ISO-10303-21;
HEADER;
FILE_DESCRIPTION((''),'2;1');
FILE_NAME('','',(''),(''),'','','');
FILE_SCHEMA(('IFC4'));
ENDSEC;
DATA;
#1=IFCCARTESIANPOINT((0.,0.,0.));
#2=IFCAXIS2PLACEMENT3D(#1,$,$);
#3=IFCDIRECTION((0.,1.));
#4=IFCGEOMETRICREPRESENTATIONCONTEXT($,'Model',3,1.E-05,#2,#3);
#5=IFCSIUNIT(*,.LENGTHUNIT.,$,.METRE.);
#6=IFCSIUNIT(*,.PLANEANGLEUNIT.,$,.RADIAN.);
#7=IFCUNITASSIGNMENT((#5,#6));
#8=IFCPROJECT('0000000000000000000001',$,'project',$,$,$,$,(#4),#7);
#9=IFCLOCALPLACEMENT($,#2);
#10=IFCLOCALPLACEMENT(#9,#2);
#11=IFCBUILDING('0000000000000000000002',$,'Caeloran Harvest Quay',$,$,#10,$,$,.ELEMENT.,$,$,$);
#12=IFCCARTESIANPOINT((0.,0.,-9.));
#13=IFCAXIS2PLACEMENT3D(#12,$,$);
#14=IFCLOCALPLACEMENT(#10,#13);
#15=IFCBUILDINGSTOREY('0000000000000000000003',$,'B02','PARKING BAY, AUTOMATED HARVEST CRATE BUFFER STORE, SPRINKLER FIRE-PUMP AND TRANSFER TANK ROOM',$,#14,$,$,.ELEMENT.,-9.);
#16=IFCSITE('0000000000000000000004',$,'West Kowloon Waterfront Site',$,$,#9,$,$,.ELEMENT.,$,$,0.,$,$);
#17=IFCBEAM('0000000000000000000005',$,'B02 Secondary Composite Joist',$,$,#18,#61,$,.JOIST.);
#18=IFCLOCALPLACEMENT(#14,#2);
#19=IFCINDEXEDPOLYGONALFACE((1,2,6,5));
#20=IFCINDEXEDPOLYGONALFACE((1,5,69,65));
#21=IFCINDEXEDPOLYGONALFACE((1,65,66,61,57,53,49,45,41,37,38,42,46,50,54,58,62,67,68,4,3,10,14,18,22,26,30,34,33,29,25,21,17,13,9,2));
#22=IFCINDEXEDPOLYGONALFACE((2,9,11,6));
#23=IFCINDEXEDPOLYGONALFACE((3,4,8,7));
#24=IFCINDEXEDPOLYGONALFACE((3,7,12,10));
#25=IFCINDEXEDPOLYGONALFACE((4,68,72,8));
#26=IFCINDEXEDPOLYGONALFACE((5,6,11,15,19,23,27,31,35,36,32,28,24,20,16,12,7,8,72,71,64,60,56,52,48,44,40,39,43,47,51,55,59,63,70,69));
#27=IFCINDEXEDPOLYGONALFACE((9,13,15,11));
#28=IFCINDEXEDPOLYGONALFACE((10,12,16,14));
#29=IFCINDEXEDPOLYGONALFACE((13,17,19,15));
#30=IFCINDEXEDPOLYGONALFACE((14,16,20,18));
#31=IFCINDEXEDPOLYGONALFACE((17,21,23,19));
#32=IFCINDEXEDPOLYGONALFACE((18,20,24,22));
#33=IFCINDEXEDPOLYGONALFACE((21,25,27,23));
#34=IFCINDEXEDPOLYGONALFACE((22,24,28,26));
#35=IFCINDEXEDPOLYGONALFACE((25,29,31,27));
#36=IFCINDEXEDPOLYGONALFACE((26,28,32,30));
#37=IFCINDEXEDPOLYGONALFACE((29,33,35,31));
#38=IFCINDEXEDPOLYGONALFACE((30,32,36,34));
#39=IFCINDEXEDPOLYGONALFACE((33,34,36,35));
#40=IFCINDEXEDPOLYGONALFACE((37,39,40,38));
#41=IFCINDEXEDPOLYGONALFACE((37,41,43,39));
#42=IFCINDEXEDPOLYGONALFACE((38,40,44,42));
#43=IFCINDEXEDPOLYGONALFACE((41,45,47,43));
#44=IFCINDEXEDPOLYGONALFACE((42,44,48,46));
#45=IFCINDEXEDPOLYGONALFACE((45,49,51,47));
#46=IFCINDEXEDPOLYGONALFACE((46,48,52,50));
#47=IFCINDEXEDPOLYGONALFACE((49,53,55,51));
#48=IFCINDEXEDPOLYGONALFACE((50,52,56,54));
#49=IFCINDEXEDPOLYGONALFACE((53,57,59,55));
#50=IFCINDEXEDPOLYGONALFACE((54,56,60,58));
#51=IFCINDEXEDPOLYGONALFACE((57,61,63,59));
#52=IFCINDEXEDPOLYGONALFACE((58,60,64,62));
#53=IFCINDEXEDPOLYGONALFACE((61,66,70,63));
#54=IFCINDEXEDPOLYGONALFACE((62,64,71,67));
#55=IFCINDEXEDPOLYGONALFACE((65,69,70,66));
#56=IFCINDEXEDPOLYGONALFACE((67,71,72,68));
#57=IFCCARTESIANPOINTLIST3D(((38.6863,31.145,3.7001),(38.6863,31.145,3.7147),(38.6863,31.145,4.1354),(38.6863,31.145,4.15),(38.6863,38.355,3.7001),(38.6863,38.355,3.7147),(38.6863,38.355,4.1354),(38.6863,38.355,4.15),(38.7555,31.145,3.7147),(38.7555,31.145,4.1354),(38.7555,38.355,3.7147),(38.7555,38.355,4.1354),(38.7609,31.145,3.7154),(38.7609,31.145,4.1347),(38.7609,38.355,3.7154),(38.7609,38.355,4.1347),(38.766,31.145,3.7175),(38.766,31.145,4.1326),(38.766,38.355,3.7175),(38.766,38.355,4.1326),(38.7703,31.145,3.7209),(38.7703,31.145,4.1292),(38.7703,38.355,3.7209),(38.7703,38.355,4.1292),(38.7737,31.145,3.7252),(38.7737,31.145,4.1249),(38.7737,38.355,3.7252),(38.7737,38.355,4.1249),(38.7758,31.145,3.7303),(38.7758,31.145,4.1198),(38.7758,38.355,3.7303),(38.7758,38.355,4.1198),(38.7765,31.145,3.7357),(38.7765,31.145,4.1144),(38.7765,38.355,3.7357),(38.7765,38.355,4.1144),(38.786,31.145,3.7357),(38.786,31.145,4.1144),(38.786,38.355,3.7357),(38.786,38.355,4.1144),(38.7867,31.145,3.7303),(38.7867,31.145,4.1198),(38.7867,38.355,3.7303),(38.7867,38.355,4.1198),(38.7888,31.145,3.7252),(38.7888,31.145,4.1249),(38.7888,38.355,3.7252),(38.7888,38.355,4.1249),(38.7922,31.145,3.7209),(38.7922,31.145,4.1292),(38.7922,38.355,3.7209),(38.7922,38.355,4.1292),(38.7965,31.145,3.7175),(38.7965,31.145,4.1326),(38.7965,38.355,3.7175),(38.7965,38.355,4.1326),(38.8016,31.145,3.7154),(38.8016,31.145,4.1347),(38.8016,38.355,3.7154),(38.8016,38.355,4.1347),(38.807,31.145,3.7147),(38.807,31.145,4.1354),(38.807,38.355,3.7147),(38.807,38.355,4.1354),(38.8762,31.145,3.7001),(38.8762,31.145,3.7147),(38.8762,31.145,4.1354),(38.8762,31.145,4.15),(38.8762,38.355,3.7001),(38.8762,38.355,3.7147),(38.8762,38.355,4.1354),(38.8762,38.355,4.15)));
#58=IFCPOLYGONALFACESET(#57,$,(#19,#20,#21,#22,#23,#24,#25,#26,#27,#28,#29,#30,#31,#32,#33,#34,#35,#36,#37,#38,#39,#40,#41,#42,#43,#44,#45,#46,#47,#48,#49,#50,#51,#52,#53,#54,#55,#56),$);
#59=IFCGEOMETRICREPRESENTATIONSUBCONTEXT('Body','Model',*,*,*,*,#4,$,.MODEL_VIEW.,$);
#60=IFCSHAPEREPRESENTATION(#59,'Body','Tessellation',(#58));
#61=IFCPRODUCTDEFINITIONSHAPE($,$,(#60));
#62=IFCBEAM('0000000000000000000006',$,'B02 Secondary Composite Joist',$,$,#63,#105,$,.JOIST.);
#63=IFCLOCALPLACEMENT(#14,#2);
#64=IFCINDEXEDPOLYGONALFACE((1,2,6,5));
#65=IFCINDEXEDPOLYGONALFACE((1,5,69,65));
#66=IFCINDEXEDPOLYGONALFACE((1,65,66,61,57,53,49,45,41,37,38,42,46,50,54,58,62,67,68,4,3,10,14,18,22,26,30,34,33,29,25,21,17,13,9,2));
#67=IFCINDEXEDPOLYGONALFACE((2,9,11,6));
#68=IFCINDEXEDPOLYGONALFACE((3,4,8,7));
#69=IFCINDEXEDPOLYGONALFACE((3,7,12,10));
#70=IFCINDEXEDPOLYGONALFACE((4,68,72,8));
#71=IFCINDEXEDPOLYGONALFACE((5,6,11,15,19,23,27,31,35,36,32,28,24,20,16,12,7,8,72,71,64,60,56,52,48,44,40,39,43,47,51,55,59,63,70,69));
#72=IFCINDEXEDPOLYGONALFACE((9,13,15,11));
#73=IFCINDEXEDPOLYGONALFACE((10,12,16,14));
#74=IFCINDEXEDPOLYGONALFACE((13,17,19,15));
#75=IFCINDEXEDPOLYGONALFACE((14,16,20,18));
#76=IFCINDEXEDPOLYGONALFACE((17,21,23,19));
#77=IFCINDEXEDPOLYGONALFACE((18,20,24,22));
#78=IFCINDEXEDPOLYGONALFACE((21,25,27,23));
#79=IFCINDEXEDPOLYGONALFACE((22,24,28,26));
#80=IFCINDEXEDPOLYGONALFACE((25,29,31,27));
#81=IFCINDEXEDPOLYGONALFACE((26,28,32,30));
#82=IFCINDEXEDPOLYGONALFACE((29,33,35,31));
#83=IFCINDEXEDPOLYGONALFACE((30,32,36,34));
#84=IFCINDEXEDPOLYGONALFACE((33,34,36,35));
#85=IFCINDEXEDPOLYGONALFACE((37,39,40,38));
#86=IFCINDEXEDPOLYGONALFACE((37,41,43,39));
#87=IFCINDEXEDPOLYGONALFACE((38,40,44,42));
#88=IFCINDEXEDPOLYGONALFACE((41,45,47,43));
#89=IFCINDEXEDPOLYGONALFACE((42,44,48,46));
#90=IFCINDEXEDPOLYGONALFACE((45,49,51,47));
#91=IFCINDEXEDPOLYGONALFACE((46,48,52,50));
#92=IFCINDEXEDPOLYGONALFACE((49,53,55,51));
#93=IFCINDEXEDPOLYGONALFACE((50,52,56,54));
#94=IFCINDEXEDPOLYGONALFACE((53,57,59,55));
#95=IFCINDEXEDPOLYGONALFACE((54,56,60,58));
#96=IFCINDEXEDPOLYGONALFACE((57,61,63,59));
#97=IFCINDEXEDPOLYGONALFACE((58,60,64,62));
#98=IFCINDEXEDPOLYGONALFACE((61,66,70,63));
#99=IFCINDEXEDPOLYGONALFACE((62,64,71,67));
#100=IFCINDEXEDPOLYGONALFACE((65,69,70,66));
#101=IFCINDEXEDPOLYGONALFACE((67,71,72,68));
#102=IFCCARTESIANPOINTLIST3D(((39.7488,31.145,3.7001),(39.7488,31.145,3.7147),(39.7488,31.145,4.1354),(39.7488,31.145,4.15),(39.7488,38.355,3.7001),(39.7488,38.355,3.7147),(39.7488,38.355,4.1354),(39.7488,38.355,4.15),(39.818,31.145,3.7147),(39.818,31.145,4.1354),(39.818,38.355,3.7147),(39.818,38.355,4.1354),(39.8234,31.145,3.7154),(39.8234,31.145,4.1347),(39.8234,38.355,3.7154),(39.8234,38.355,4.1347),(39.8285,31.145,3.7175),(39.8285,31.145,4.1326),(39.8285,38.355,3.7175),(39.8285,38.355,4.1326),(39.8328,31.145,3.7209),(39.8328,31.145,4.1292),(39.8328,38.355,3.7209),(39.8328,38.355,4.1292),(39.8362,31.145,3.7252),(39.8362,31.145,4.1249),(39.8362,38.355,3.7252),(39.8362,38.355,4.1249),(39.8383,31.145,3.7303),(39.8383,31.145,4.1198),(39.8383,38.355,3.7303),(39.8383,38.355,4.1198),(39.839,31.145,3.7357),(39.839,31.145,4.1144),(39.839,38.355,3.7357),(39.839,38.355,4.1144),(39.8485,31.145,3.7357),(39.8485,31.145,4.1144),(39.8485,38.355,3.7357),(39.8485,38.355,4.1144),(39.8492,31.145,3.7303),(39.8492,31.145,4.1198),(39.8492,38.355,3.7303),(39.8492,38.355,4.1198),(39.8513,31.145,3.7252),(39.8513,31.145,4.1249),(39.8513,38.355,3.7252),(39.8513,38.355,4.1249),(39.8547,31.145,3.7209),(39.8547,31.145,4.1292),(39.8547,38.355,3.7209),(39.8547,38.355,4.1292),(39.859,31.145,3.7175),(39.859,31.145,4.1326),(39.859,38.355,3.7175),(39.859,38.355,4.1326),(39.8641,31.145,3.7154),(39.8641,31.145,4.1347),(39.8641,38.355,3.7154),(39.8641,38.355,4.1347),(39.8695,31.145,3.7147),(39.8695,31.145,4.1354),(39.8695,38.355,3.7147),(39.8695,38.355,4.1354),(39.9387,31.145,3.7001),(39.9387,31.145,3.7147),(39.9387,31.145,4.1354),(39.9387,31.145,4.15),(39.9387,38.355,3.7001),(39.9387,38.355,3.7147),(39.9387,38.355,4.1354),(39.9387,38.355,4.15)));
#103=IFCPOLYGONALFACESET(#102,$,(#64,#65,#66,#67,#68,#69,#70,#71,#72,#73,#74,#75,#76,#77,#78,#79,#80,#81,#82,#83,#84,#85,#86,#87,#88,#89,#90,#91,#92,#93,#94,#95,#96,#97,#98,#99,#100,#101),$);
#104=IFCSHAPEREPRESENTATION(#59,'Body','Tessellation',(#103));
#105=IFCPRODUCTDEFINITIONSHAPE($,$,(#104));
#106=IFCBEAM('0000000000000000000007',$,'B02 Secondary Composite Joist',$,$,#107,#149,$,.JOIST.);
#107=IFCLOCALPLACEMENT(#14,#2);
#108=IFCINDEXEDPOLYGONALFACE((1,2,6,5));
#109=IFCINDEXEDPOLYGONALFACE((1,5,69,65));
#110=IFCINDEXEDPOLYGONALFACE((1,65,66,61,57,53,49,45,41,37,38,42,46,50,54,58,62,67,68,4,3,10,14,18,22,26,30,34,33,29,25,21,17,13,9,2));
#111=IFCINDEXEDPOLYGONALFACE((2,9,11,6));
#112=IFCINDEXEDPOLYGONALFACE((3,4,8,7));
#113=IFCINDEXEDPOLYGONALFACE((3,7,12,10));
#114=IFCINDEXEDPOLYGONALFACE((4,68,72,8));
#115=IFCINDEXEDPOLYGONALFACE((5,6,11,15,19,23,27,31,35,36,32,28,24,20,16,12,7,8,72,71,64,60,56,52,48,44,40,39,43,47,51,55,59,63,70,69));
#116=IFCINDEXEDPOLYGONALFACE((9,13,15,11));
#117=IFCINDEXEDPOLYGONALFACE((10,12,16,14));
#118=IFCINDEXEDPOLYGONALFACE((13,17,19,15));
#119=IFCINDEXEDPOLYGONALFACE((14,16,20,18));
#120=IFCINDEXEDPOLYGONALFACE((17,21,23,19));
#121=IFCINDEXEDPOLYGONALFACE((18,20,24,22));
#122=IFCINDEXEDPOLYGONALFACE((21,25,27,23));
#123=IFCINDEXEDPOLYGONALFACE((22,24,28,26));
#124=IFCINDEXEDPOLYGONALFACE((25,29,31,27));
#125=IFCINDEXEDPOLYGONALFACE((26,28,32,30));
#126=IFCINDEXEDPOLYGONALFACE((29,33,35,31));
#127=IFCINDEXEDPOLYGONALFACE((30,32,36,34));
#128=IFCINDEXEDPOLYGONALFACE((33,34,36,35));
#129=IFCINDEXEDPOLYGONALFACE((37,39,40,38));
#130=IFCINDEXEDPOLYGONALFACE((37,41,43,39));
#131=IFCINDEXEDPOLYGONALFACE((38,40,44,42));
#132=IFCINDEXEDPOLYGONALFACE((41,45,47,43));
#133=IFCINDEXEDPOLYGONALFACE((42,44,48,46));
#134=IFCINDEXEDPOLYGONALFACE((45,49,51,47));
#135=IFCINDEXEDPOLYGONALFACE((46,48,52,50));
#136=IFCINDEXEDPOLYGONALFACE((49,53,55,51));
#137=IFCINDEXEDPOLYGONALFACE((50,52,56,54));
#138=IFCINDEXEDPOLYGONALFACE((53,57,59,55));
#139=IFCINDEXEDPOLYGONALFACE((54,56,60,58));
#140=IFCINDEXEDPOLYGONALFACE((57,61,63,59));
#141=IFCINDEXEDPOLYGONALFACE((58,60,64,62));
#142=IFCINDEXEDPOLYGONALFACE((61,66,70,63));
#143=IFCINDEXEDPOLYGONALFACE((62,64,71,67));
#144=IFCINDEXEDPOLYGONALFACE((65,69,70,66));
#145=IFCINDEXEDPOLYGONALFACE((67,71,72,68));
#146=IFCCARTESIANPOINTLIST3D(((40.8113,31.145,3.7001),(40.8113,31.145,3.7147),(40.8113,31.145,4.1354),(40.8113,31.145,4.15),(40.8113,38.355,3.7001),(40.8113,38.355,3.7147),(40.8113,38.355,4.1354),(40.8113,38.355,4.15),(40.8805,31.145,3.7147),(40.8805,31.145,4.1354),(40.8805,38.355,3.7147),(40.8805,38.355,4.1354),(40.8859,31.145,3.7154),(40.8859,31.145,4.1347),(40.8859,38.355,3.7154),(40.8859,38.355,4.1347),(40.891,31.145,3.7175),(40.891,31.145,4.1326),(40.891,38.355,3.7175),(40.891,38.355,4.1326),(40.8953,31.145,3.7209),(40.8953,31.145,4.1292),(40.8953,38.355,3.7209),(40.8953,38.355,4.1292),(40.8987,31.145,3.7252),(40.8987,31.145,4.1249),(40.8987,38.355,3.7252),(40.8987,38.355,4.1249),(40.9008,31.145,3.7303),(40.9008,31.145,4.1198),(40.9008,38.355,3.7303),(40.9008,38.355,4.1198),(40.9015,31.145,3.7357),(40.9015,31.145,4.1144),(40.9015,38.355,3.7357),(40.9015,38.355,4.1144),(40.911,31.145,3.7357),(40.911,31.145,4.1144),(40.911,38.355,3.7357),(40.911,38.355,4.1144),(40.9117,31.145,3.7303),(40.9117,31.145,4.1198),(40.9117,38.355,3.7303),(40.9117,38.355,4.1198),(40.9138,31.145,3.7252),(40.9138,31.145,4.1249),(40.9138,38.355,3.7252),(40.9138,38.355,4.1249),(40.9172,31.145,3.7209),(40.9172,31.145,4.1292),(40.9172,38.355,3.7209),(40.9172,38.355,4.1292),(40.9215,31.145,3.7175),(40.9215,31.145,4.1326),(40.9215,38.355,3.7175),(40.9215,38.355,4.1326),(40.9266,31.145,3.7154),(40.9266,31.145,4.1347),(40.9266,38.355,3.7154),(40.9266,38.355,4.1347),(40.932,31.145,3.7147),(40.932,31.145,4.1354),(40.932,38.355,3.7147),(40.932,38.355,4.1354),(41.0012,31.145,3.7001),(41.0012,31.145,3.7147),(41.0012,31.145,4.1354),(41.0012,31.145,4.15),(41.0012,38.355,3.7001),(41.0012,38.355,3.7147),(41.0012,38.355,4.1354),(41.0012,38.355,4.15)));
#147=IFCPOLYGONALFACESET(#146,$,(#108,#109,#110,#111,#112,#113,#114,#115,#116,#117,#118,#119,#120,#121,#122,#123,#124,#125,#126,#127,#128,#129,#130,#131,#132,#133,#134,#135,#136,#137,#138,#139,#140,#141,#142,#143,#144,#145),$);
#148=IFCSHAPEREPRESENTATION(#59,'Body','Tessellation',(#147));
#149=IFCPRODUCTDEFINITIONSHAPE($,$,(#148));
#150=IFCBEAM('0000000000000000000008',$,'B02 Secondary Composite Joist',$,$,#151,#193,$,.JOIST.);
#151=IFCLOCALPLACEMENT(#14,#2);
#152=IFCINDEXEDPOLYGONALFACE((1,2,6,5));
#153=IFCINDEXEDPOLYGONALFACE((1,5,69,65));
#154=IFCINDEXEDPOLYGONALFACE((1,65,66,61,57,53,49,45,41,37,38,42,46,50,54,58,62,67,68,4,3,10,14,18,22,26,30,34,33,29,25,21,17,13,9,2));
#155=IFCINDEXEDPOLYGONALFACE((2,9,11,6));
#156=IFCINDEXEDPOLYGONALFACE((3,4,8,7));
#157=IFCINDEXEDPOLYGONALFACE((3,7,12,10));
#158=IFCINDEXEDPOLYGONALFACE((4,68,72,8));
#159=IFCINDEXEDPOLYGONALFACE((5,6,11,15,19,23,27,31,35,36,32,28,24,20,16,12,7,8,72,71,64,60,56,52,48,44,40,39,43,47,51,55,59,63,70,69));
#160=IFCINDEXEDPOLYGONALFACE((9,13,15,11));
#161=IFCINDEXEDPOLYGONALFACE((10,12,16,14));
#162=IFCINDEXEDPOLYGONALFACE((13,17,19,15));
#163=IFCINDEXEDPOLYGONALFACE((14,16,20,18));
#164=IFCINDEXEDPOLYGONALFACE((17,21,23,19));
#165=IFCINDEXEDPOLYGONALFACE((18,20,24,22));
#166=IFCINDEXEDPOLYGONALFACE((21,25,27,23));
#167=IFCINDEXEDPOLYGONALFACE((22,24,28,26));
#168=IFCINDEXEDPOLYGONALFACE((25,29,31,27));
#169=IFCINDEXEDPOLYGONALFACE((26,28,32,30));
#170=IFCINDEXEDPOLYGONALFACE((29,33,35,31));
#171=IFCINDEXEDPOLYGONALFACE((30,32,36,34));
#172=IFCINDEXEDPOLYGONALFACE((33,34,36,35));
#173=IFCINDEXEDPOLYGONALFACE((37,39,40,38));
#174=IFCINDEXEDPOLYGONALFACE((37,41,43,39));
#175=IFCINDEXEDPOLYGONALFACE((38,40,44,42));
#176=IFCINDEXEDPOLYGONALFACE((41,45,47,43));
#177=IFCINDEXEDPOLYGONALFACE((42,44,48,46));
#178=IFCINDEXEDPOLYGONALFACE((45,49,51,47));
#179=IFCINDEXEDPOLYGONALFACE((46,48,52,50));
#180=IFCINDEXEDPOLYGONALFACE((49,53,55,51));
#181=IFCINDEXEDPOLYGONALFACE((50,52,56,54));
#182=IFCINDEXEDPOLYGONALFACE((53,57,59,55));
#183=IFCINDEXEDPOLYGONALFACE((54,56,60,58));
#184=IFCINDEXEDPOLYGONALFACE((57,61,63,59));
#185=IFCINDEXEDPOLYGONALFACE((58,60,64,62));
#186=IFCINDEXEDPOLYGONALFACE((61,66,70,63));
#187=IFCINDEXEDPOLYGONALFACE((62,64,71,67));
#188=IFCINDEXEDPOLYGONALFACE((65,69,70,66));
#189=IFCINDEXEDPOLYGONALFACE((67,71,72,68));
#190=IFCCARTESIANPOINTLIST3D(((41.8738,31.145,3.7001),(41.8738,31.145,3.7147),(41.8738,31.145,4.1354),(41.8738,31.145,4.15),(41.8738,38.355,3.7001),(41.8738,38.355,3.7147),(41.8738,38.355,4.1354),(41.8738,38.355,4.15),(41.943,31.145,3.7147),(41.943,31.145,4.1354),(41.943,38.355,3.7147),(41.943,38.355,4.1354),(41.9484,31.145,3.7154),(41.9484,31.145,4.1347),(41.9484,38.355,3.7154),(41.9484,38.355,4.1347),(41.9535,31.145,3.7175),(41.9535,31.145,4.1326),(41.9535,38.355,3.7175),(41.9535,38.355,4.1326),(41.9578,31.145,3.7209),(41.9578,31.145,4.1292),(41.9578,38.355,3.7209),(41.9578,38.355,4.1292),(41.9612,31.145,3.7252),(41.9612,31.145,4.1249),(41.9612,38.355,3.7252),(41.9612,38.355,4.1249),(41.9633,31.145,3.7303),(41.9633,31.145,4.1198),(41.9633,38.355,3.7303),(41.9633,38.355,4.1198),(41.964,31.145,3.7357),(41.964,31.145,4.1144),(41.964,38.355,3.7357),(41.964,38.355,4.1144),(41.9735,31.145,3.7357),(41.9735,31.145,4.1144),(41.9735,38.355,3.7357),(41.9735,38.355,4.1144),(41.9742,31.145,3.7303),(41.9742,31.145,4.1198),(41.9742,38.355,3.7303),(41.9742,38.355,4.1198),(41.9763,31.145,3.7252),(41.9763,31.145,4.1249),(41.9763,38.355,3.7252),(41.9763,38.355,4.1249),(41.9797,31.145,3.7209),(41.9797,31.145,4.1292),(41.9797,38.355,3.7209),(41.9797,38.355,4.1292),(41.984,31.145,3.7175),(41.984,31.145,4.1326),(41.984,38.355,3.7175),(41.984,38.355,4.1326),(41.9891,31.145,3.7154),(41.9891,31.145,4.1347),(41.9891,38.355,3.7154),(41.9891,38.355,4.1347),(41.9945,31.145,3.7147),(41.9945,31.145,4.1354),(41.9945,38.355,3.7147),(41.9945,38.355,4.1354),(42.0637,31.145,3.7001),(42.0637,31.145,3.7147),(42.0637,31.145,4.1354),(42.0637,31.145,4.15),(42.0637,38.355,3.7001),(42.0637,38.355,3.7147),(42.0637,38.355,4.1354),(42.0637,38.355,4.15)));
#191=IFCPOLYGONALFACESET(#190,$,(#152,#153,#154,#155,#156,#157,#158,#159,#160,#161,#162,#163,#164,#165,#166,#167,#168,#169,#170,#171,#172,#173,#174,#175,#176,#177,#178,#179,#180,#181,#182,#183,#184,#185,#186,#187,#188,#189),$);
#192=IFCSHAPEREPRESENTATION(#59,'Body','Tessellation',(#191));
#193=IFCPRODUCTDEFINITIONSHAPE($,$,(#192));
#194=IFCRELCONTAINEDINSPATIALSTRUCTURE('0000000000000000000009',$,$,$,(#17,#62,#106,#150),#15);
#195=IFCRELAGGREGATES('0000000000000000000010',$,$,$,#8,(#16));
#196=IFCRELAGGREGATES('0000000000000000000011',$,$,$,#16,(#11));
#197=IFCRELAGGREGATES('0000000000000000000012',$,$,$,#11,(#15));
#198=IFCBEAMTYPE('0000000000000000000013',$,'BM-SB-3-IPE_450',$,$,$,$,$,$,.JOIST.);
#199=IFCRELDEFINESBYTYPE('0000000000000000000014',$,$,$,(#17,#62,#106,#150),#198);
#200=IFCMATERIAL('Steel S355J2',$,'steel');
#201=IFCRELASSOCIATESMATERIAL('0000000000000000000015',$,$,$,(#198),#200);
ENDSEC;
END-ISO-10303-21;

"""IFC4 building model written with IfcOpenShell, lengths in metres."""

from ifc_helpers import new_model, si_unit, direction, frame, origin, origin_2d, place, context, subcontext, project, spatial, i_section, extrude, material, material_profile, profile_set, type_object, element, save


model = new_model("IFC4")

# Units and contexts
model_context = context("Model", 3, precision=1e-05, world=origin(), true_north=direction((0.0, 1.0)))
body_context = subcontext(model_context, "Body", "Model", "MODEL_VIEW")
ifc_project = project(units=[si_unit("LENGTHUNIT", "METRE"), si_unit("PLANEANGLEUNIT", "RADIAN")], contexts=[model_context])

# Site, building, storey
site_placement = place(None, origin())
site = spatial("IfcSite", under=ifc_project, at=site_placement, Name="West Kowloon Waterfront Site", CompositionType="ELEMENT", RefElevation=0.0)
building_placement = place(site_placement, origin())
building = spatial("IfcBuilding", under=site, at=building_placement, Name="Caeloran Harvest Quay", CompositionType="ELEMENT")
storey_placement = place(building_placement, frame((0.0, 0.0, -9.0)))
storey = spatial("IfcBuildingStorey", under=building, at=storey_placement, Name="B02", Description="PARKING BAY, AUTOMATED HARVEST CRATE BUFFER STORE, SPRINKLER FIRE-PUMP AND TRANSFER TANK ROOM", CompositionType="ELEMENT", Elevation=-9.0)

# Beams
ifc_material = material(Name="Steel S355J2", Category="steel")
ifc_material_profile_1 = material_profile(ifc_material, i_section(OverallWidth=0.1899, OverallDepth=0.45, WebThickness=0.0095, FlangeThickness=0.0146, FilletRadius=0.021, at=origin_2d()), Name="IPE 450")
ifc_profile_set_1 = profile_set([ifc_material_profile_1], Name="Steel S355J2")
beam_type_1 = type_object("IfcBeamType", Name="BM-SB-3-IPE_450", PredefinedType="JOIST", material=ifc_profile_set_1)
for number, where, z_axis, x_axis, name in (
    (1, (38.7812, 31.145, 3.925), (0.0, 1.0, 0.0), (-1.0, 0.0, 0.0), "B02 Secondary Composite Joist"),
    (2, (39.8438, 31.145, 3.925), (0.0, 1.0, 0.0), (-1.0, 0.0, 0.0), "B02 Secondary Composite Joist"),
    (3, (40.9062, 31.145, 3.925), (0.0, 1.0, 0.0), (-1.0, 0.0, 0.0), "B02 Secondary Composite Joist"),
    (4, (41.9688, 31.145, 3.925), (0.0, 1.0, 0.0), (-1.0, 0.0, 0.0), "B02 Secondary Composite Joist"),
):
    element("IfcBeam", number, at=place(storey_placement, frame(where, z_axis=z_axis, x_axis=x_axis)), inside=storey, type_object=beam_type_1, Name=name, PredefinedType="JOIST", context=body_context, shape_type="SweptSolid", body=[
        extrude(i_section(OverallWidth=0.1899, OverallDepth=0.45, WebThickness=0.0095, FlangeThickness=0.0146, FilletRadius=0.021, at=origin_2d()), origin(), (0.0, 0.0, 1.0), 7.21),
    ])

save(model, "model.ifc")
